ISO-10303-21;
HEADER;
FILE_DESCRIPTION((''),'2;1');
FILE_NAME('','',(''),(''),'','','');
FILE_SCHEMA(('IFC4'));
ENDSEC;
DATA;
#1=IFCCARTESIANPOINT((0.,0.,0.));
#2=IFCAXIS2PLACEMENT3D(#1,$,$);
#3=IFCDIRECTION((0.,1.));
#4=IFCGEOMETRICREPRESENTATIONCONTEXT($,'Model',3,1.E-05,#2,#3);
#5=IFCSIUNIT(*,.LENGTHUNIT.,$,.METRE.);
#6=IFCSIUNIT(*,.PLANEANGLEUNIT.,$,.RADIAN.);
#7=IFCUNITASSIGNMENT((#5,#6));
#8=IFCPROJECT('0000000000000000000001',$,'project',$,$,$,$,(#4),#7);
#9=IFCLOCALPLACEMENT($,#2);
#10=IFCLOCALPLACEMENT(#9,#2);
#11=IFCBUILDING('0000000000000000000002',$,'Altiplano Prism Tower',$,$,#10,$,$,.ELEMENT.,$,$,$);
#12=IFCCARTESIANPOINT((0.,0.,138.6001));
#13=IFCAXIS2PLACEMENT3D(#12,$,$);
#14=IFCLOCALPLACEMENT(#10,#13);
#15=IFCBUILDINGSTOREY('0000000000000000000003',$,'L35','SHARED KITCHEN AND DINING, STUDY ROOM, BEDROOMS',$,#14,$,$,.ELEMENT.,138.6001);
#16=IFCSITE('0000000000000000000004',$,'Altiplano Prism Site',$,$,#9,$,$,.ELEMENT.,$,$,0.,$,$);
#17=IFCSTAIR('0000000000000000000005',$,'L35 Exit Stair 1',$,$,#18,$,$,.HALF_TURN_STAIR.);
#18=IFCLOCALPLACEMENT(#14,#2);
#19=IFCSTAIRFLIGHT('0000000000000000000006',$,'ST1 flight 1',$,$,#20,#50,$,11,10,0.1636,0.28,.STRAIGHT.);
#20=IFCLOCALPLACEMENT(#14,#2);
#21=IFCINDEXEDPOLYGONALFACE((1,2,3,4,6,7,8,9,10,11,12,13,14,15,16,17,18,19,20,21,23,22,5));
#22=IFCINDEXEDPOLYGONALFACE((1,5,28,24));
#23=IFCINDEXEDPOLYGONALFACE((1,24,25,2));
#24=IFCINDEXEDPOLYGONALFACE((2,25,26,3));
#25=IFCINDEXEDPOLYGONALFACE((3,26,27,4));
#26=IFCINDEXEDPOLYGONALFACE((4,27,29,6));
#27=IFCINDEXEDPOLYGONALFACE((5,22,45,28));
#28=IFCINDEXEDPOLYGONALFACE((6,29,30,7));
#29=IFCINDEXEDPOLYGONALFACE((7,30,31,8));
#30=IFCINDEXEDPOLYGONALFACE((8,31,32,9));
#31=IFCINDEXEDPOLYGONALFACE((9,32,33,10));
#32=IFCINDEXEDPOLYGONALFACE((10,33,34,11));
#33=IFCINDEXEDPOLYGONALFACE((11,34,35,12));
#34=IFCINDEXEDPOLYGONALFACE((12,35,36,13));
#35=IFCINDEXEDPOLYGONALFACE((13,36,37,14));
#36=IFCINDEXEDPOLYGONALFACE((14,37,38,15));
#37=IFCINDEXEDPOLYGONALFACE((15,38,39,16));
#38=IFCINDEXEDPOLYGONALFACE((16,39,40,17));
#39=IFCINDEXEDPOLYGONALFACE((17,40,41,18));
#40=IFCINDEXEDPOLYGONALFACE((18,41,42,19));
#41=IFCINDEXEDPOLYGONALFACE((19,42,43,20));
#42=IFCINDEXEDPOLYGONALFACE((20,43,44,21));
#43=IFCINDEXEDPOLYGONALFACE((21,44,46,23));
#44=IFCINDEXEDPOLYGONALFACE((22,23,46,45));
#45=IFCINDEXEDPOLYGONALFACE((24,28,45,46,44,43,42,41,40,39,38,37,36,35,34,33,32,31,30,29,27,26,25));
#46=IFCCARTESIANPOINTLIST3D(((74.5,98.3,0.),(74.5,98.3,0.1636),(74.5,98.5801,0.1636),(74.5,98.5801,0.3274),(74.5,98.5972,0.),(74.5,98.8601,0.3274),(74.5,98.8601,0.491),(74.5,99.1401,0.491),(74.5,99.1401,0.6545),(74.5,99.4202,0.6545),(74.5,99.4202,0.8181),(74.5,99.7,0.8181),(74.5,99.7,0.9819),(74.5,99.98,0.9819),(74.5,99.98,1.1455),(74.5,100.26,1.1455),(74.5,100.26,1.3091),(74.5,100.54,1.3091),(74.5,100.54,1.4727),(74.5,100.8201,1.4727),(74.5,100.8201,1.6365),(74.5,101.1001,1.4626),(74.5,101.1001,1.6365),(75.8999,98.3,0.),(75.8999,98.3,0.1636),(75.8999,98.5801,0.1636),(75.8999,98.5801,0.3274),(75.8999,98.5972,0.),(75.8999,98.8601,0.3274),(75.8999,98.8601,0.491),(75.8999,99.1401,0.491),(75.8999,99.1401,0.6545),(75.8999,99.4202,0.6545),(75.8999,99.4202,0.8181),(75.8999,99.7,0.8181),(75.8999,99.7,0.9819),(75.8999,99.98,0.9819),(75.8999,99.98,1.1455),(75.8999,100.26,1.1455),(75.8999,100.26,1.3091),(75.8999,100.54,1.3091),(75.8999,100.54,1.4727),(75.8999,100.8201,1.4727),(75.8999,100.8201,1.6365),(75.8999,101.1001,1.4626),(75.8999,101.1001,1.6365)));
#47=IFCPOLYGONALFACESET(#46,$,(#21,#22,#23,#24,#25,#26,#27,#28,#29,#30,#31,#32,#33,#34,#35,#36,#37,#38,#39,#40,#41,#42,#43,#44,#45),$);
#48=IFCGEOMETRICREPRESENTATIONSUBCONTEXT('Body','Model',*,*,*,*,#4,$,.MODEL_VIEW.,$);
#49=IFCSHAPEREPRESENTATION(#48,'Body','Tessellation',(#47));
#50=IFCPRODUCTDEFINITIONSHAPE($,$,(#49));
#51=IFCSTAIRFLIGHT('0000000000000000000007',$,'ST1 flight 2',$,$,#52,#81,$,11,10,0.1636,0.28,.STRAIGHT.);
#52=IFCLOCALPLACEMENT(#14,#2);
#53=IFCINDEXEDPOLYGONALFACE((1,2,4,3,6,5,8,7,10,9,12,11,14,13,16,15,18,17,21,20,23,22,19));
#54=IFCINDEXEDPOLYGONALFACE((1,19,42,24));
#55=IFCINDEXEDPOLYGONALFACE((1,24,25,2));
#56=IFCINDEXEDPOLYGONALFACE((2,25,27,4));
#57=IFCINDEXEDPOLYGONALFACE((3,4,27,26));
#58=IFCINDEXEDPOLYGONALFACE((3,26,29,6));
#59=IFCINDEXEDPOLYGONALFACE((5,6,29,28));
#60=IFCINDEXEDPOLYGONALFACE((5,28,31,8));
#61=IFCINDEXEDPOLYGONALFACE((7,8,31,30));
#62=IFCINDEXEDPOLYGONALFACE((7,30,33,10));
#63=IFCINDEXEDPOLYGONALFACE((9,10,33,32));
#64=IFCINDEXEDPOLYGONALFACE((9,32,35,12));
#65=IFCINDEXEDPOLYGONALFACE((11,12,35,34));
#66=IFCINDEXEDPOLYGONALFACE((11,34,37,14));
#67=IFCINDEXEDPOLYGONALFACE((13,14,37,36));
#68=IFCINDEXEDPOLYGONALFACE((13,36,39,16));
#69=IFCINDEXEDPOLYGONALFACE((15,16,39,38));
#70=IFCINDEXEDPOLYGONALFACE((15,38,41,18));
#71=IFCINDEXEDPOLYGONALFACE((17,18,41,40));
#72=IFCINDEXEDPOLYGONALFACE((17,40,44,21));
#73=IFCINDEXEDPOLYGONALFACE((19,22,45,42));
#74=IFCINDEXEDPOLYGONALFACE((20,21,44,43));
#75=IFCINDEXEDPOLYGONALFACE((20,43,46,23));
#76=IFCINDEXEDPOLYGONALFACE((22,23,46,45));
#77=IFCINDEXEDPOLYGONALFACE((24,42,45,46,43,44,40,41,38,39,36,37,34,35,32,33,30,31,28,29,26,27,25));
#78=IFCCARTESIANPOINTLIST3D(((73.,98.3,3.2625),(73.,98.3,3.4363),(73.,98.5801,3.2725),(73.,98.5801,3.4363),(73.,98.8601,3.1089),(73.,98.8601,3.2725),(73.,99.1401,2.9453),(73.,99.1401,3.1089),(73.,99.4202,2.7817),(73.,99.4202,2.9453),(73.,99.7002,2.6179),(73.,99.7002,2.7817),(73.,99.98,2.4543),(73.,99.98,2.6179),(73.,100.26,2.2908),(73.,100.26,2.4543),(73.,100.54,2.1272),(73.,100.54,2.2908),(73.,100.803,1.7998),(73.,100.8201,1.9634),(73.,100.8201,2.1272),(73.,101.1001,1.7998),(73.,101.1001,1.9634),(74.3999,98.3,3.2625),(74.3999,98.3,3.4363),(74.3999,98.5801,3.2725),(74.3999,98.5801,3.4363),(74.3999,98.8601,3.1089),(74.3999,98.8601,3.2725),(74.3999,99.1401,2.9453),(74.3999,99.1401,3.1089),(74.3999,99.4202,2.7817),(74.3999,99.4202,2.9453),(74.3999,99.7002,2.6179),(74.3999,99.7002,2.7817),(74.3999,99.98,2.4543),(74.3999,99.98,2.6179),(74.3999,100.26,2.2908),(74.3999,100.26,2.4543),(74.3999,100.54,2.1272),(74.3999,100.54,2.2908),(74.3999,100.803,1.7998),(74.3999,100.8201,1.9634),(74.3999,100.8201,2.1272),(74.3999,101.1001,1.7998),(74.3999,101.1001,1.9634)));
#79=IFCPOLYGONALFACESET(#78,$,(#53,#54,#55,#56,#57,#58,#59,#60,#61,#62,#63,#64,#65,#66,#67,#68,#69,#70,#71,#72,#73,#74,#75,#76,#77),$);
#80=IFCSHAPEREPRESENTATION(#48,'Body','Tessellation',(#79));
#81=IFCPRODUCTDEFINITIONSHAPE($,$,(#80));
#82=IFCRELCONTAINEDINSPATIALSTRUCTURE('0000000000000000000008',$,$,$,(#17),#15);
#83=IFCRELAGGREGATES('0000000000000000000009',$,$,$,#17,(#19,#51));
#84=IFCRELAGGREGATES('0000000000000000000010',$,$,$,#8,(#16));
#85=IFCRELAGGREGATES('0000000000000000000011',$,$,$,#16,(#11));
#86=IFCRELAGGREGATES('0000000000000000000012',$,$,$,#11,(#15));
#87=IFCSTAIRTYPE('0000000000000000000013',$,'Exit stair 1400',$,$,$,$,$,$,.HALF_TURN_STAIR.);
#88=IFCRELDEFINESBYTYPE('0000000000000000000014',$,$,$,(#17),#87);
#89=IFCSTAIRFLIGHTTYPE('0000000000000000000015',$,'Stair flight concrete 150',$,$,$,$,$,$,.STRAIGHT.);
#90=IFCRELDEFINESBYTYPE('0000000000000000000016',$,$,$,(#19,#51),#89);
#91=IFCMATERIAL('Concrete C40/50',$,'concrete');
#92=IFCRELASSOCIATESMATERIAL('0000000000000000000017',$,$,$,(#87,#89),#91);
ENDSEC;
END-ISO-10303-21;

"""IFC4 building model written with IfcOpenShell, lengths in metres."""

from ifc_helpers import new_model, si_unit, direction, frame, origin, place, context, subcontext, project, spatial, polyline, outline, extrude, material, type_object, element, aggregate, save


model = new_model("IFC4")

# Units and contexts
model_context = context("Model", 3, precision=1e-05, world=origin(), true_north=direction((0.0, 1.0)))
body_context = subcontext(model_context, "Body", "Model", "MODEL_VIEW")
ifc_project = project(units=[si_unit("LENGTHUNIT", "METRE"), si_unit("PLANEANGLEUNIT", "RADIAN")], contexts=[model_context])

# Site, building, storey
site_placement = place(None, origin())
site = spatial("IfcSite", under=ifc_project, at=site_placement, Name="Altiplano Prism Site", CompositionType="ELEMENT", RefElevation=0.0)
building_placement = place(site_placement, origin())
building = spatial("IfcBuilding", under=site, at=building_placement, Name="Altiplano Prism Tower", CompositionType="ELEMENT")
storey_placement = place(building_placement, frame((0.0, 0.0, 138.6001)))
storey = spatial("IfcBuildingStorey", under=building, at=storey_placement, Name="L35", Description="SHARED KITCHEN AND DINING, STUDY ROOM, BEDROOMS", CompositionType="ELEMENT", Elevation=138.6001)

# Stair, stair flights
ifc_material_1 = material(Name="Concrete C40/50", Category="concrete")
stair_type = type_object("IfcStairType", Name="Exit stair 1400", PredefinedType="HALF_TURN_STAIR", material=ifc_material_1)
stair_placement = place(storey_placement, origin())
stair = element("IfcStair", 1, at=stair_placement, inside=storey, type_object=stair_type, Name="L35 Exit Stair 1", PredefinedType="HALF_TURN_STAIR")
stair_flight_type = type_object("IfcStairFlightType", Name="Stair flight concrete 150", PredefinedType="STRAIGHT", material=ifc_material_1)
stair_flight_1_placement = place(storey_placement, frame((75.2, 98.3, 0.0), z_axis=(0.0, 0.0, 1.0), x_axis=(0.0, 1.0, 0.0)))
stair_flight_1 = element("IfcStairFlight", 2, at=stair_flight_1_placement, type_object=stair_flight_type, Name="ST1 flight 1", NumberOfRisers=11, NumberOfTreads=10, PredefinedType="STRAIGHT", RiserHeight=0.1636, TreadLength=0.28, context=body_context, shape_type="SweptSolid", body=[
    extrude(outline(polyline([(0.0, 0.0), (0.0, 0.1636), (0.28, 0.1636), (0.28, 0.3274), (0.5601, 0.3274), (0.5601, 0.491), (0.8401, 0.491), (0.8401, 0.6545), (1.1201, 0.6545), (1.1201, 0.8181), (1.3999, 0.8181), (1.3999, 0.9819), (1.6799, 0.9819), (1.6799, 1.1455), (1.96, 1.1455), (1.96, 1.3091), (2.24, 1.3091), (2.24, 1.4727), (2.52, 1.4727), (2.52, 1.6365), (2.8, 1.6365), (2.8, 1.8), (2.8, 1.4626), (0.2971, 0.0), (0.0, 0.0)])), frame((0.0, 0.7, 0.0), z_axis=(0.0, -1.0, 0.0), x_axis=(1.0, 0.0, 0.0)), (0.0, 0.0, 1.0), 1.3999),
])
stair_flight_2_placement = place(storey_placement, frame((73.7, 101.1001, 1.7998), z_axis=(0.0, 0.0, 1.0), x_axis=(0.0, -1.0, 0.0)))
stair_flight_2 = element("IfcStairFlight", 3, at=stair_flight_2_placement, type_object=stair_flight_type, Name="ST1 flight 2", NumberOfRisers=11, NumberOfTreads=10, PredefinedType="STRAIGHT", RiserHeight=0.1636, TreadLength=0.28, context=body_context, shape_type="SweptSolid", body=[
    extrude(outline(polyline([(0.0, 0.0), (0.0, 0.1636), (0.28, 0.1636), (0.28, 0.3274), (0.5601, 0.3274), (0.5601, 0.491), (0.8401, 0.491), (0.8401, 0.6545), (1.1201, 0.6545), (1.1201, 0.8181), (1.3999, 0.8181), (1.3999, 0.9819), (1.6799, 0.9819), (1.6799, 1.1455), (1.96, 1.1455), (1.96, 1.3091), (2.24, 1.3091), (2.24, 1.4727), (2.52, 1.4727), (2.52, 1.6365), (2.8, 1.6365), (2.8, 1.8), (2.8, 1.4626), (0.2971, 0.0), (0.0, 0.0)])), frame((0.0, 0.7, 0.0), z_axis=(0.0, -1.0, 0.0), x_axis=(1.0, 0.0, 0.0)), (0.0, 0.0, 1.0), 1.3999),
])
aggregate(stair, [stair_flight_1, stair_flight_2])

save(model, "model.ifc")
